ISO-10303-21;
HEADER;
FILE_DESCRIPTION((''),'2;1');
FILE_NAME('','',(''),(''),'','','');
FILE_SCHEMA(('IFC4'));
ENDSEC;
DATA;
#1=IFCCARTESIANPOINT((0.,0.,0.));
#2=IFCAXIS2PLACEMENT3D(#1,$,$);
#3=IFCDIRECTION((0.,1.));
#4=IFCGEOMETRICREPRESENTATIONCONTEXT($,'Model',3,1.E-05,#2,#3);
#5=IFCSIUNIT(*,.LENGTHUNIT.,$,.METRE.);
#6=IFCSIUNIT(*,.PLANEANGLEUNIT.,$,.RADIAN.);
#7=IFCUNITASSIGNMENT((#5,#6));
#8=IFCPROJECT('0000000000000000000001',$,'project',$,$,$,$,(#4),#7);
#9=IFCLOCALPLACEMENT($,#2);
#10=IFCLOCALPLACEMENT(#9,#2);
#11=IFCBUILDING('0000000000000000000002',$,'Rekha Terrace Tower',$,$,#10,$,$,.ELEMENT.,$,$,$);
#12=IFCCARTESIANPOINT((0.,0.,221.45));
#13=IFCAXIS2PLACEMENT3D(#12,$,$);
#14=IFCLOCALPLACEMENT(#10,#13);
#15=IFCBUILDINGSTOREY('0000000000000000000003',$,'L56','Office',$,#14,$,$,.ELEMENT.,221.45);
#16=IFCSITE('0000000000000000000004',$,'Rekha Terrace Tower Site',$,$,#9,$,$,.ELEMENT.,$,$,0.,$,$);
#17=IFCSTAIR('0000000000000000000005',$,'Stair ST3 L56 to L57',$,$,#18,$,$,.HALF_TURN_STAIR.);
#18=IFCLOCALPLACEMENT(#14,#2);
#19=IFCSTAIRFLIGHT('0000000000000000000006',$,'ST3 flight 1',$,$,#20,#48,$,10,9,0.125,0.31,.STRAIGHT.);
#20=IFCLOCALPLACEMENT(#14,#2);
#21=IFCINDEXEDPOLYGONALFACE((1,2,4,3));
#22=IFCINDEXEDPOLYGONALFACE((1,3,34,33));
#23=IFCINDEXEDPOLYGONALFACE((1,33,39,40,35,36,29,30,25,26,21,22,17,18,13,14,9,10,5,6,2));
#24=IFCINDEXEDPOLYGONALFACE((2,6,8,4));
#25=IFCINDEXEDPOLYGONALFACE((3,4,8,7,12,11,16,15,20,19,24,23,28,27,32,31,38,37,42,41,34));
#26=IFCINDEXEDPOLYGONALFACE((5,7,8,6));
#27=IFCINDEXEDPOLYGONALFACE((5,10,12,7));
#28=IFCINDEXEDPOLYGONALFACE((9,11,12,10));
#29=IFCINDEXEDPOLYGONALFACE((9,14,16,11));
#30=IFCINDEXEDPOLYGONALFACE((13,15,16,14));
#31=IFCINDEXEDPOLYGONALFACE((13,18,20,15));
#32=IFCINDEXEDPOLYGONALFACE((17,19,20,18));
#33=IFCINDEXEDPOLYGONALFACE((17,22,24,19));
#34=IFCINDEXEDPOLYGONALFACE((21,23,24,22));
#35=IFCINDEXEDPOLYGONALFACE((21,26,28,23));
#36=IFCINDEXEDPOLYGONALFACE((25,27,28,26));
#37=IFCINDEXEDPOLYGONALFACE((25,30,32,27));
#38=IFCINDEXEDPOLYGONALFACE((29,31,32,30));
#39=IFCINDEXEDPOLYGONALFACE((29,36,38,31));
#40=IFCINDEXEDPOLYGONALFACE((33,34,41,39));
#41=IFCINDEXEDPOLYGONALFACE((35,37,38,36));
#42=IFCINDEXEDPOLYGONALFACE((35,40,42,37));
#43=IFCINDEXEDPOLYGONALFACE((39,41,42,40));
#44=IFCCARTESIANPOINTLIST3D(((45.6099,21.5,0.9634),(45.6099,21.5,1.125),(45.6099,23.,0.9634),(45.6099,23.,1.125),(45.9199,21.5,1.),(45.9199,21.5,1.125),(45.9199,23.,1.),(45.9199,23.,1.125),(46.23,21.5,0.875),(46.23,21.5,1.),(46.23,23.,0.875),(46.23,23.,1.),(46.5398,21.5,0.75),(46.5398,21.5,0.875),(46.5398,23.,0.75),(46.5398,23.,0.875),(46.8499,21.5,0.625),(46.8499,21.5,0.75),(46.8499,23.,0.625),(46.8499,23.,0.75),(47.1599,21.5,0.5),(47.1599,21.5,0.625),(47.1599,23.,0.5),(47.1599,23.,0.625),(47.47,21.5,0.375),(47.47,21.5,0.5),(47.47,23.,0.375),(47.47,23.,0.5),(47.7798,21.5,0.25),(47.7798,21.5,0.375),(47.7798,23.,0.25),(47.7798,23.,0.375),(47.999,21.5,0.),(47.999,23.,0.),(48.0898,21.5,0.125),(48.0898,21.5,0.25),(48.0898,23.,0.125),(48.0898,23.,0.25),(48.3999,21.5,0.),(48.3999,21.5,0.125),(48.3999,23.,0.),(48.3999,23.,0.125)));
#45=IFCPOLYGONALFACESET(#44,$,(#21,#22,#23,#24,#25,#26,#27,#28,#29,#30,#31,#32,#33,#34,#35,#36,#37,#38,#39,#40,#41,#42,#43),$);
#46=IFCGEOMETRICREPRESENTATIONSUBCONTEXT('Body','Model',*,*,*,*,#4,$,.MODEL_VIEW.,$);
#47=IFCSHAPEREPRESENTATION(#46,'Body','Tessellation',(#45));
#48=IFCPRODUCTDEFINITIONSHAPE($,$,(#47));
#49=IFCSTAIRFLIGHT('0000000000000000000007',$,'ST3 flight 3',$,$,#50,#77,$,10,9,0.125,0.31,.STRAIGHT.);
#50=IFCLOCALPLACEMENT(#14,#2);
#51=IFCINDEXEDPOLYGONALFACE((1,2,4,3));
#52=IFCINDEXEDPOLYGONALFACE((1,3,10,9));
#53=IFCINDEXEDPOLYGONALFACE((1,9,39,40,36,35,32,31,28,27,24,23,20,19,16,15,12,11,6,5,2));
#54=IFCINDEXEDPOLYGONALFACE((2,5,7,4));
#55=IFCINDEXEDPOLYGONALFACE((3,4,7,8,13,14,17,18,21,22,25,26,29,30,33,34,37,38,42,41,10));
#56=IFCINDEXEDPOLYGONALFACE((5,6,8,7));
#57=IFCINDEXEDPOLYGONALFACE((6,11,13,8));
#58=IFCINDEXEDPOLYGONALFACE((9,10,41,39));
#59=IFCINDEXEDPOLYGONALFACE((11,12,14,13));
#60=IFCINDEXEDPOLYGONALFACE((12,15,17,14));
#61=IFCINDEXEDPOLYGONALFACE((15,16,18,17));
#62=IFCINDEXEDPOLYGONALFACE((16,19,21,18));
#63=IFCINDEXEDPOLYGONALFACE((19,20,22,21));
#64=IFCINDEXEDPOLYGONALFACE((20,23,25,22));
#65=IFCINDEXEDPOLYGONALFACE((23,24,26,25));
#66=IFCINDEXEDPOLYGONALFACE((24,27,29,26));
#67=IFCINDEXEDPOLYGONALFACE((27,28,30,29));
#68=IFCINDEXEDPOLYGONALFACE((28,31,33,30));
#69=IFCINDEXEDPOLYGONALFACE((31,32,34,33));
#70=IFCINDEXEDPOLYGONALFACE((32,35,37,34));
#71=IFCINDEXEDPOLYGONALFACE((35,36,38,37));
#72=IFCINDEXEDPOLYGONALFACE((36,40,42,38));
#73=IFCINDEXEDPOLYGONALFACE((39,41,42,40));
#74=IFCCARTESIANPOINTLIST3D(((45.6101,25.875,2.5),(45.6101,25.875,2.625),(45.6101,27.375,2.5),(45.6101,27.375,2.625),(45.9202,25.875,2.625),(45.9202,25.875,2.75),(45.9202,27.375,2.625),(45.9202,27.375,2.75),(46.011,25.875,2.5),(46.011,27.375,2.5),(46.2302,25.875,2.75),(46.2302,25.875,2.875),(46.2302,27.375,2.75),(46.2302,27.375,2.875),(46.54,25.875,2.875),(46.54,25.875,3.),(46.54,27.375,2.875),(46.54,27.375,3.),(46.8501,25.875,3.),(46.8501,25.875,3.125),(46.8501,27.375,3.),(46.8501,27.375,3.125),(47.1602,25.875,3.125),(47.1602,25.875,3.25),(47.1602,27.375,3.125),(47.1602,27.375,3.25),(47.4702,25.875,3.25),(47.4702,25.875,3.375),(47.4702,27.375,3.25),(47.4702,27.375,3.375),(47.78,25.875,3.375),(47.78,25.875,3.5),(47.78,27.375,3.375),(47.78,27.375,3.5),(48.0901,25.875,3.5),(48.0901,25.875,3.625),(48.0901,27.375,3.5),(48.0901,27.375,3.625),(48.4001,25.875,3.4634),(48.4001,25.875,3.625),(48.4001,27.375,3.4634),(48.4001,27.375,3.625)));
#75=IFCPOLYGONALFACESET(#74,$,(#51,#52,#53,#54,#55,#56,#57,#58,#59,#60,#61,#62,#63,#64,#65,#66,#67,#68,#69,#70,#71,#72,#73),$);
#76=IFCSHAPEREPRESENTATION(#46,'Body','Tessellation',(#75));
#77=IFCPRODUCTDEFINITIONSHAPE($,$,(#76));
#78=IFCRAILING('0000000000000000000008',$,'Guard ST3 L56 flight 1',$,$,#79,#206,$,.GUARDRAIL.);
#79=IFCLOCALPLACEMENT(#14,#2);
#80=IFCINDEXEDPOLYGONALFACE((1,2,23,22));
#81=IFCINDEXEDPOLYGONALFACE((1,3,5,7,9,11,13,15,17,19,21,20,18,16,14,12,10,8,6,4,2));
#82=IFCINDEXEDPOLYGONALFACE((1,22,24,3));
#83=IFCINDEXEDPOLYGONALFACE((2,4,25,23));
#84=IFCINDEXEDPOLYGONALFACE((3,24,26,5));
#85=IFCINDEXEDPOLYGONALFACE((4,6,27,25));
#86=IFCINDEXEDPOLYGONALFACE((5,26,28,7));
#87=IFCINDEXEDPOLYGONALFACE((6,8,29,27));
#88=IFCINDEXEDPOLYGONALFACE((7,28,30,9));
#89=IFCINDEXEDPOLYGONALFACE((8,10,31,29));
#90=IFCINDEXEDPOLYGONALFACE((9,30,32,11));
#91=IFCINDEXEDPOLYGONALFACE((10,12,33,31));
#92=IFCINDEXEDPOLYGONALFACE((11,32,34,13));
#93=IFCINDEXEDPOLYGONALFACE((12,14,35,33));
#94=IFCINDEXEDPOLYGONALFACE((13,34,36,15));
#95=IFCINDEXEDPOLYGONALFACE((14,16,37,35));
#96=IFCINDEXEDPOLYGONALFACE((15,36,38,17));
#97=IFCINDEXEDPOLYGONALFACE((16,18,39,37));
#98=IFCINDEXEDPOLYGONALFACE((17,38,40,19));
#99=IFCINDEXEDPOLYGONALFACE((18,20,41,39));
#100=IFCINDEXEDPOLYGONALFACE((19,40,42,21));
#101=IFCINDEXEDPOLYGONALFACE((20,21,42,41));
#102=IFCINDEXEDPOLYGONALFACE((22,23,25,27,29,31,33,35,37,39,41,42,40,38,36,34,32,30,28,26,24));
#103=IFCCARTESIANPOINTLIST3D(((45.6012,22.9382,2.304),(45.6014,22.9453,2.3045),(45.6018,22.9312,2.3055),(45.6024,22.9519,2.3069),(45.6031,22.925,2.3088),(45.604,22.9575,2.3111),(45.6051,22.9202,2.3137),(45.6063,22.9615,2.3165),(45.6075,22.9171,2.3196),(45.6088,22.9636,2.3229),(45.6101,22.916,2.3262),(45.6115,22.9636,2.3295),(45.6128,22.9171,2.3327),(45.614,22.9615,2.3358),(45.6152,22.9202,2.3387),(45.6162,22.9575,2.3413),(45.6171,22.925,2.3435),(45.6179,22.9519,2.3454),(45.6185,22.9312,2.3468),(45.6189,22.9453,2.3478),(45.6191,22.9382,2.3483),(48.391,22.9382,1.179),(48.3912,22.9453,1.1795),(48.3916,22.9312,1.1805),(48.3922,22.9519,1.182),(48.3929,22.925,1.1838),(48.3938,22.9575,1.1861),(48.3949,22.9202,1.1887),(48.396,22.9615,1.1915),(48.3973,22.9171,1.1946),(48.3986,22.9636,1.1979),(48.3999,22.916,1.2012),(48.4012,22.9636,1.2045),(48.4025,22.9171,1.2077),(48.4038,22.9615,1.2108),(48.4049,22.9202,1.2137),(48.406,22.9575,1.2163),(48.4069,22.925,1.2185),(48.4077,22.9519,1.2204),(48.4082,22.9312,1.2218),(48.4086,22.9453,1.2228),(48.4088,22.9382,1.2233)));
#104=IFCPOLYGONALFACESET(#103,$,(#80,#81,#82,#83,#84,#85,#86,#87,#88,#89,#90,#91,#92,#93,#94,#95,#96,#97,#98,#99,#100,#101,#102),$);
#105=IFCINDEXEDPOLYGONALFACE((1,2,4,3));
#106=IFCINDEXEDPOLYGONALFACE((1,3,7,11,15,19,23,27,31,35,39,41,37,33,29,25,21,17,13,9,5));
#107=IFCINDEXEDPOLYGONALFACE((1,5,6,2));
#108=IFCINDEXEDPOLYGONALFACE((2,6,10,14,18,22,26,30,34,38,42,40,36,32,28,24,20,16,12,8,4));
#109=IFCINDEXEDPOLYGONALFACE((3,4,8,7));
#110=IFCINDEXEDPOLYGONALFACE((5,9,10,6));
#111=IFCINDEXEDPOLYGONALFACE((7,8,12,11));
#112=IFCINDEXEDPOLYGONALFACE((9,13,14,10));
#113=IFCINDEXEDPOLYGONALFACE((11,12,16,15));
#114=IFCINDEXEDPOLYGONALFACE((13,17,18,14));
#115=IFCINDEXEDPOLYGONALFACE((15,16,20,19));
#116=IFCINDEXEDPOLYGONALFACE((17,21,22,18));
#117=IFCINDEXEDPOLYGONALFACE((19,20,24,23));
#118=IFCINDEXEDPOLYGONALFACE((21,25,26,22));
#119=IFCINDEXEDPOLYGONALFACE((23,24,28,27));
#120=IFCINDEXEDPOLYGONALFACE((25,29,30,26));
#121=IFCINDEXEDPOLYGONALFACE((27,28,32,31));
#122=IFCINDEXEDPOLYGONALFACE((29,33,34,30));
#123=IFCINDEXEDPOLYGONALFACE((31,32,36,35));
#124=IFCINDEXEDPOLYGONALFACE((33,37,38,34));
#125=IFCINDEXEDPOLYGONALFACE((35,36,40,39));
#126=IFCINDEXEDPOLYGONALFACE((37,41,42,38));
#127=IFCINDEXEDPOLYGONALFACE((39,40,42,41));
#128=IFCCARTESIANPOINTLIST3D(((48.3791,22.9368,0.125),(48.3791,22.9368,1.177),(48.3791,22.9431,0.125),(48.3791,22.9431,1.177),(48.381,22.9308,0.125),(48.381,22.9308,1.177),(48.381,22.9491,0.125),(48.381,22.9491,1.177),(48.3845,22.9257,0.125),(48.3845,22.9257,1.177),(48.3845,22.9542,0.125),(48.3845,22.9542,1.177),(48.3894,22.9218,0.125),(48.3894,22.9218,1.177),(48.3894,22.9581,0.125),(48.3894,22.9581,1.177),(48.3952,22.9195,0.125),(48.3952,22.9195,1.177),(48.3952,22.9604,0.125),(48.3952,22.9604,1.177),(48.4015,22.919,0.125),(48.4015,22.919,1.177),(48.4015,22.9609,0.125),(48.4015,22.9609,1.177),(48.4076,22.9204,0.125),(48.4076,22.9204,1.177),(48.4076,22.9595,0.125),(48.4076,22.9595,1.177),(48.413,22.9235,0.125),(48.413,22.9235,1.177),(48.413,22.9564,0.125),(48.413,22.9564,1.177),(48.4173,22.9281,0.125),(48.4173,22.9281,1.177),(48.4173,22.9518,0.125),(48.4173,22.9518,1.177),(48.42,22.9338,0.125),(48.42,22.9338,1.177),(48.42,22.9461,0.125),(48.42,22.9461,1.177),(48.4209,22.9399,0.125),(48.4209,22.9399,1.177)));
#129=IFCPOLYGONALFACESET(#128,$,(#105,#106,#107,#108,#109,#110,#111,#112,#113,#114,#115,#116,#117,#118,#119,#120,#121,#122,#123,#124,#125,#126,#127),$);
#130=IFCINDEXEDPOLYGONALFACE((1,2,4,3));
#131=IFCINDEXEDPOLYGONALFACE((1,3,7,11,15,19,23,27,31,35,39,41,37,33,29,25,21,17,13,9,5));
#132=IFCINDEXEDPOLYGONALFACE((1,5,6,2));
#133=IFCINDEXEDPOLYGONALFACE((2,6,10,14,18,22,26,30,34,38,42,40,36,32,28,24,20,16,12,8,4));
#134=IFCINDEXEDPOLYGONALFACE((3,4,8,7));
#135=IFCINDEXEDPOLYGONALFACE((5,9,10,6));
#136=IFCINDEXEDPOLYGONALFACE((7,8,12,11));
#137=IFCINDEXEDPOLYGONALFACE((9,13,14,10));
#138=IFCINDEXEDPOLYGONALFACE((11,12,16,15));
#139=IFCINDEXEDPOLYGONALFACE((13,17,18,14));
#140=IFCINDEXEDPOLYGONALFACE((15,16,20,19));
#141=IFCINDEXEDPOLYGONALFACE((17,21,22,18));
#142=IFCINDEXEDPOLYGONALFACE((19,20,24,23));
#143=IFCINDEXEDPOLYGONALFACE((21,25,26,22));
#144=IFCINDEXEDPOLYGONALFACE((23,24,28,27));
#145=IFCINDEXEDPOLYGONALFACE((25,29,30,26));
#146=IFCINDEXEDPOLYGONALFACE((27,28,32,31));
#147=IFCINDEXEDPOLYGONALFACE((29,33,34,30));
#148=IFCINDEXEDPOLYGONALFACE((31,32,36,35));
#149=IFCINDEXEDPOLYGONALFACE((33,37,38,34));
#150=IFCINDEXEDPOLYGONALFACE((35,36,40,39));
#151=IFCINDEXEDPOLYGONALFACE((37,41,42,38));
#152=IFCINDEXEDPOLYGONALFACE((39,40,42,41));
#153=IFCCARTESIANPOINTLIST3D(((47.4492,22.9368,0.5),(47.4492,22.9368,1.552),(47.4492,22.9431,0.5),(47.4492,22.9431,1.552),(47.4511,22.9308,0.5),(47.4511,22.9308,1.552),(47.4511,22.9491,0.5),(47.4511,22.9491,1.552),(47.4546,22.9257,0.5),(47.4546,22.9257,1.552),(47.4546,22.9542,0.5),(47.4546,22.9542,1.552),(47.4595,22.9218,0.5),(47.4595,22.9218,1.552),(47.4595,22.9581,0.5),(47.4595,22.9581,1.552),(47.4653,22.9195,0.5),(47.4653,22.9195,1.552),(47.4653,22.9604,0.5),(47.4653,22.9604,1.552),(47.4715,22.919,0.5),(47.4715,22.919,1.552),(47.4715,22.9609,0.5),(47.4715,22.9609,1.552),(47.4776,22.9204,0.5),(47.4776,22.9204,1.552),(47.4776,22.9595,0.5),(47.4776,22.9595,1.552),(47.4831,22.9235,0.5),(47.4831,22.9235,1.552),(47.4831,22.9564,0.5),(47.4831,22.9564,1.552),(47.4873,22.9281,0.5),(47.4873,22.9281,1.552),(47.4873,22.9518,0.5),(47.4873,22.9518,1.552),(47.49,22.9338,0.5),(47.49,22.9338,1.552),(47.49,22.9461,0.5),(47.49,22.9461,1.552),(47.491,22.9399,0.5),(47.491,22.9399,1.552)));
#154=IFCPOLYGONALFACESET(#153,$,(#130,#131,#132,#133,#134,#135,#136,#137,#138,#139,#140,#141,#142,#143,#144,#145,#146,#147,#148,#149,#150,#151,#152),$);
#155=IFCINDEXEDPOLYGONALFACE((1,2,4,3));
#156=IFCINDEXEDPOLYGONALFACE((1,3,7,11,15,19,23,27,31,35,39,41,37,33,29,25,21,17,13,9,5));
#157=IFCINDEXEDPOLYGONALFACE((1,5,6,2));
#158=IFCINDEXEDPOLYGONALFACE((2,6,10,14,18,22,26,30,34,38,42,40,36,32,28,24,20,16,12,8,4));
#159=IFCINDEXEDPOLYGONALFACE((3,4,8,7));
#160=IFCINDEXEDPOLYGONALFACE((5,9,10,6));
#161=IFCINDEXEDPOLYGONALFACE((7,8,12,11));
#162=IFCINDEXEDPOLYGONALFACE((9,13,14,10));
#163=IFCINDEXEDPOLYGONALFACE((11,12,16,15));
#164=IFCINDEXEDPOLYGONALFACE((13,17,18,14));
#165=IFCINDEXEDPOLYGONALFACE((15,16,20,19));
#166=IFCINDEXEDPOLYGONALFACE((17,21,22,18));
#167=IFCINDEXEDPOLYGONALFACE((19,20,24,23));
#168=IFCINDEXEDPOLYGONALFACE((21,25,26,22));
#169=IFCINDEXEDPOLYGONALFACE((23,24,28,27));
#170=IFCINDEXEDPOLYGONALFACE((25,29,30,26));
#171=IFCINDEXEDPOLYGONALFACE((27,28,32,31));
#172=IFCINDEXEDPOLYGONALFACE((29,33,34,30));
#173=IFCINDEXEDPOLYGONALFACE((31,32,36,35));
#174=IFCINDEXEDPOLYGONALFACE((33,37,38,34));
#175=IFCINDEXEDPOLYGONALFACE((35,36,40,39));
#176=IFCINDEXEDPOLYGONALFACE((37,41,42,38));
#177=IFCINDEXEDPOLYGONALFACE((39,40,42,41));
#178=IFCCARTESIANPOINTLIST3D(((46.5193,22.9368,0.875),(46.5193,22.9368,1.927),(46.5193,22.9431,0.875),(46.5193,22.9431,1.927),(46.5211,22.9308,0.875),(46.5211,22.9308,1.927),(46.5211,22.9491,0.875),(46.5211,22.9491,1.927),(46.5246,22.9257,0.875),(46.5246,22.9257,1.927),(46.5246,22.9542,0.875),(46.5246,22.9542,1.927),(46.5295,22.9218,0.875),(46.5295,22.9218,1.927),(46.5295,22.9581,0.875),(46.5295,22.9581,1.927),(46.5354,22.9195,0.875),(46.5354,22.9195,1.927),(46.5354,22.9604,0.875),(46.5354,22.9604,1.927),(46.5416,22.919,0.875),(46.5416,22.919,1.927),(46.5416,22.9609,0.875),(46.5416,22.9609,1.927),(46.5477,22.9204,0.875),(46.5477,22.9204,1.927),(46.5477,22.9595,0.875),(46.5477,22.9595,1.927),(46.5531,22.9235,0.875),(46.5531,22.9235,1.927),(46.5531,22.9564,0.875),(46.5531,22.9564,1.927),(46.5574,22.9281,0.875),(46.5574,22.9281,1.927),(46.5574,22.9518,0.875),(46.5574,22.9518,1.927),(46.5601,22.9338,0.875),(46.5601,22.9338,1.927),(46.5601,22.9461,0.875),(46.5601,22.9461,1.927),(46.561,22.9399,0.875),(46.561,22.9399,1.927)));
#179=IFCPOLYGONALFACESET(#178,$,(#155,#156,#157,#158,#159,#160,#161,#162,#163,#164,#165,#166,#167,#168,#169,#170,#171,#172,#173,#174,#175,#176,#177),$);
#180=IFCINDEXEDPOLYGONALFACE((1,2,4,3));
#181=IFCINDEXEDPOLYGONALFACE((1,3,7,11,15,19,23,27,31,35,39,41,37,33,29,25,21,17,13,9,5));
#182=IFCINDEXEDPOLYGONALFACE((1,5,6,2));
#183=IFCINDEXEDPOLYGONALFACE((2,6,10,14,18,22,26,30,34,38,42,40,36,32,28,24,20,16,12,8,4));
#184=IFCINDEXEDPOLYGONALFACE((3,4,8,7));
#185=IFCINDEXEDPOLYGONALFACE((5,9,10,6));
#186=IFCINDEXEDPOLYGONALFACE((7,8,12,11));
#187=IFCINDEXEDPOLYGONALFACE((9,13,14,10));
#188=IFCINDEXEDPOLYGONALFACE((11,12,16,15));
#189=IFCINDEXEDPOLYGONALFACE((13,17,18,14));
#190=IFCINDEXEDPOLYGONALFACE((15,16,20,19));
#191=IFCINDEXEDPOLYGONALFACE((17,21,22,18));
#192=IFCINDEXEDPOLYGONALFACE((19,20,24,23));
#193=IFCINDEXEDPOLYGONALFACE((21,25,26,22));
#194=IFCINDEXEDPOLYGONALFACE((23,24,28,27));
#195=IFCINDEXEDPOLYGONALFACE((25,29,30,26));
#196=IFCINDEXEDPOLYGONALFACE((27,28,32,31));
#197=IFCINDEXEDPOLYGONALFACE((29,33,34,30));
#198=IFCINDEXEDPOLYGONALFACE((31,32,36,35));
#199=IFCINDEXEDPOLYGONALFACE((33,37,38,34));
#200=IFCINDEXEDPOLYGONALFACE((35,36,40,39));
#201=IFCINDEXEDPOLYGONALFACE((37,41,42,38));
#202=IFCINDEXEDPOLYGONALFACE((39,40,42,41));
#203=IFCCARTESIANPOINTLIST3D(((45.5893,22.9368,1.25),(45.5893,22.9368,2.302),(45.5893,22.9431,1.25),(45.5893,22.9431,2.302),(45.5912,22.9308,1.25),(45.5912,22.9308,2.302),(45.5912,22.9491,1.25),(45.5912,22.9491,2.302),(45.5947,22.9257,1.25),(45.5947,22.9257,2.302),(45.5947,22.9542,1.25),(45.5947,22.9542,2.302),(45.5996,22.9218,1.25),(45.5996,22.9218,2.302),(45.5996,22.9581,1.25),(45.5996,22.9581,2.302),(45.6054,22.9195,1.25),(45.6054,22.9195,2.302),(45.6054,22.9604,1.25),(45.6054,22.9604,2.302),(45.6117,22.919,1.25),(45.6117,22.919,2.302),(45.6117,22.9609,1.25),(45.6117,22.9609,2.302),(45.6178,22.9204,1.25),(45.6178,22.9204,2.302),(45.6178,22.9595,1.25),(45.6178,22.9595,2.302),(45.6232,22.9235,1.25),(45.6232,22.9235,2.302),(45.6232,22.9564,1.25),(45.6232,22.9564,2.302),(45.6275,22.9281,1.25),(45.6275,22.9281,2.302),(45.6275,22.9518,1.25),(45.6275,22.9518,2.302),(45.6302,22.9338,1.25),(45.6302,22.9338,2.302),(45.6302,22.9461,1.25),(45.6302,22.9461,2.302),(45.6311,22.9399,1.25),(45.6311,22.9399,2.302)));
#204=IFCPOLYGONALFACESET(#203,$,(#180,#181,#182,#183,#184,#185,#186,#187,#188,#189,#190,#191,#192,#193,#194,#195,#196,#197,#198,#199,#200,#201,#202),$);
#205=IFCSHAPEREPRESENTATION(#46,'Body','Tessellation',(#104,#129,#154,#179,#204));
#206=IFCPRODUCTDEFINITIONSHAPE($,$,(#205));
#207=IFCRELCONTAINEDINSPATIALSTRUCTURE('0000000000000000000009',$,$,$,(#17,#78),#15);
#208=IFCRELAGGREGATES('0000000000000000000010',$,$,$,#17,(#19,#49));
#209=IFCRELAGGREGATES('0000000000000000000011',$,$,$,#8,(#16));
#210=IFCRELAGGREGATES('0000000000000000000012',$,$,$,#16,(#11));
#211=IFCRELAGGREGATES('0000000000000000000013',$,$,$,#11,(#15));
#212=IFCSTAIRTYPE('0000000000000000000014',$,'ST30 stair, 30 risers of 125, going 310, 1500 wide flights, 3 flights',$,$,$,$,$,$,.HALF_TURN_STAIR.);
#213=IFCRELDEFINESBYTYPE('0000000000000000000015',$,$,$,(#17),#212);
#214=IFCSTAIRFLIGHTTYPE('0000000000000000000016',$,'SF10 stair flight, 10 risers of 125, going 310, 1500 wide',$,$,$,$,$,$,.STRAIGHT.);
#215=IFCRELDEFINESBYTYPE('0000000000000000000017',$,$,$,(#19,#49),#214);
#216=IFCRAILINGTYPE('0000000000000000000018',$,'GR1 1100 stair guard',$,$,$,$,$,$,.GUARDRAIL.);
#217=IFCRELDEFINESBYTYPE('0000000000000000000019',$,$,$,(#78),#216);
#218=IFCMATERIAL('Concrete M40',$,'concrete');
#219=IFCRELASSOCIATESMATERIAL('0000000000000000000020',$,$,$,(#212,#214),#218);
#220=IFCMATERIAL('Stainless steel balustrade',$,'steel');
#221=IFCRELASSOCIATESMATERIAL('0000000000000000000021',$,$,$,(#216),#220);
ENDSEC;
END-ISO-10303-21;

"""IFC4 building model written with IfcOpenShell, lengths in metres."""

from ifc_helpers import new_model, si_unit, direction, frame, origin, origin_2d, place, context, subcontext, project, spatial, polyline, circle, outline, extrude, material, type_object, element, aggregate, save


model = new_model("IFC4")

# Units and contexts
model_context = context("Model", 3, precision=1e-05, world=origin(), true_north=direction((0.0, 1.0)))
body_context = subcontext(model_context, "Body", "Model", "MODEL_VIEW")
ifc_project = project(units=[si_unit("LENGTHUNIT", "METRE"), si_unit("PLANEANGLEUNIT", "RADIAN")], contexts=[model_context])

# Site, building, storey
site_placement = place(None, origin())
site = spatial("IfcSite", under=ifc_project, at=site_placement, Name="Rekha Terrace Tower Site", CompositionType="ELEMENT", RefElevation=0.0)
building_placement = place(site_placement, origin())
building = spatial("IfcBuilding", under=site, at=building_placement, Name="Rekha Terrace Tower", CompositionType="ELEMENT")
storey_placement = place(building_placement, frame((0.0, 0.0, 221.45)))
storey = spatial("IfcBuildingStorey", under=building, at=storey_placement, Name="L56", Description="Office", CompositionType="ELEMENT", Elevation=221.45)

# Stair, stair flights
ifc_material_1 = material(Name="Concrete M40", Category="concrete")
stair_type = type_object("IfcStairType", Name="ST30 stair, 30 risers of 125, going 310, 1500 wide flights, 3 flights", PredefinedType="HALF_TURN_STAIR", material=ifc_material_1)
stair_placement = place(storey_placement, origin())
stair = element("IfcStair", 1, at=stair_placement, inside=storey, type_object=stair_type, Name="Stair ST3 L56 to L57", PredefinedType="HALF_TURN_STAIR")
stair_flight_type = type_object("IfcStairFlightType", Name="SF10 stair flight, 10 risers of 125, going 310, 1500 wide", PredefinedType="STRAIGHT", material=ifc_material_1)
stair_flight_1_placement = place(storey_placement, frame((48.3999, 22.25, 0.0), z_axis=(0.0, 0.0, 1.0), x_axis=(-1.0, 0.0, 0.0)))
stair_flight_1 = element("IfcStairFlight", 2, at=stair_flight_1_placement, type_object=stair_flight_type, Name="ST3 flight 1", NumberOfRisers=10, NumberOfTreads=9, PredefinedType="STRAIGHT", RiserHeight=0.125, TreadLength=0.31, context=body_context, shape_type="SweptSolid", body=[
    extrude(outline(polyline([(0.0, 0.0), (0.0, 0.125), (0.3101, 0.125), (0.3101, 0.25), (0.6201, 0.25), (0.6201, 0.375), (0.9299, 0.375), (0.9299, 0.5), (1.24, 0.5), (1.24, 0.625), (1.55, 0.625), (1.55, 0.75), (1.8601, 0.75), (1.8601, 0.875), (2.1699, 0.875), (2.1699, 1.0), (2.48, 1.0), (2.48, 1.125), (2.79, 1.125), (2.79, 1.25), (2.79, 0.9634), (0.4009, 0.0), (0.0, 0.0)])), frame((0.0, 0.75, 0.0), z_axis=(0.0, -1.0, 0.0), x_axis=(1.0, 0.0, 0.0)), (0.0, 0.0, 1.0), 1.5),
])
stair_flight_2_placement = place(storey_placement, frame((45.6101, 26.625, 2.5), z_axis=(0.0, 0.0, 1.0), x_axis=(1.0, 0.0, 0.0)))
stair_flight_2 = element("IfcStairFlight", 3, at=stair_flight_2_placement, type_object=stair_flight_type, Name="ST3 flight 3", NumberOfRisers=10, NumberOfTreads=9, PredefinedType="STRAIGHT", RiserHeight=0.125, TreadLength=0.31, context=body_context, shape_type="SweptSolid", body=[
    extrude(outline(polyline([(0.0, 0.0), (0.0, 0.125), (0.3101, 0.125), (0.3101, 0.25), (0.6201, 0.25), (0.6201, 0.375), (0.9299, 0.375), (0.9299, 0.5), (1.24, 0.5), (1.24, 0.625), (1.55, 0.625), (1.55, 0.75), (1.8601, 0.75), (1.8601, 0.875), (2.1699, 0.875), (2.1699, 1.0), (2.48, 1.0), (2.48, 1.125), (2.79, 1.125), (2.79, 1.25), (2.79, 0.9634), (0.4009, 0.0), (0.0, 0.0)])), frame((0.0, 0.75, 0.0), z_axis=(0.0, -1.0, 0.0), x_axis=(1.0, 0.0, 0.0)), (0.0, 0.0, 1.0), 1.5),
])
aggregate(stair, [stair_flight_1, stair_flight_2])

# Railing
ifc_material_2 = material(Name="Stainless steel balustrade", Category="steel")
railing_type_1 = type_object("IfcRailingType", Name="GR1 1100 stair guard", PredefinedType="GUARDRAIL", material=ifc_material_2)
railing_1_placement = place(storey_placement, frame((48.3999, 22.9399, 0.125)))
element("IfcRailing", 4, at=railing_1_placement, inside=storey, type_object=railing_type_1, Name="Guard ST3 L56 flight 1", PredefinedType="GUARDRAIL", context=body_context, shape_type="SweptSolid", body=[
    extrude(circle(Radius=0.0239, at=origin_2d()), frame((0.0, 0.0, 1.0762), z_axis=(-0.927432, 0.0, 0.373992), x_axis=(0.0, -1.0, 0.0)), (0.0, 0.0, 1.0), 3.0081),
    extrude(circle(Radius=0.021, at=origin_2d()), origin(), (0.0, 0.0, 1.0), 1.052),
    extrude(circle(Radius=0.021, at=origin_2d()), frame((-0.9299, 0.0, 0.375)), (0.0, 0.0, 1.0), 1.052),
    extrude(circle(Radius=0.021, at=origin_2d()), frame((-1.8599, 0.0, 0.75)), (0.0, 0.0, 1.0), 1.052),
    extrude(circle(Radius=0.021, at=origin_2d()), frame((-2.7898, 0.0, 1.125)), (0.0, 0.0, 1.0), 1.052),
])

save(model, "model.ifc")
